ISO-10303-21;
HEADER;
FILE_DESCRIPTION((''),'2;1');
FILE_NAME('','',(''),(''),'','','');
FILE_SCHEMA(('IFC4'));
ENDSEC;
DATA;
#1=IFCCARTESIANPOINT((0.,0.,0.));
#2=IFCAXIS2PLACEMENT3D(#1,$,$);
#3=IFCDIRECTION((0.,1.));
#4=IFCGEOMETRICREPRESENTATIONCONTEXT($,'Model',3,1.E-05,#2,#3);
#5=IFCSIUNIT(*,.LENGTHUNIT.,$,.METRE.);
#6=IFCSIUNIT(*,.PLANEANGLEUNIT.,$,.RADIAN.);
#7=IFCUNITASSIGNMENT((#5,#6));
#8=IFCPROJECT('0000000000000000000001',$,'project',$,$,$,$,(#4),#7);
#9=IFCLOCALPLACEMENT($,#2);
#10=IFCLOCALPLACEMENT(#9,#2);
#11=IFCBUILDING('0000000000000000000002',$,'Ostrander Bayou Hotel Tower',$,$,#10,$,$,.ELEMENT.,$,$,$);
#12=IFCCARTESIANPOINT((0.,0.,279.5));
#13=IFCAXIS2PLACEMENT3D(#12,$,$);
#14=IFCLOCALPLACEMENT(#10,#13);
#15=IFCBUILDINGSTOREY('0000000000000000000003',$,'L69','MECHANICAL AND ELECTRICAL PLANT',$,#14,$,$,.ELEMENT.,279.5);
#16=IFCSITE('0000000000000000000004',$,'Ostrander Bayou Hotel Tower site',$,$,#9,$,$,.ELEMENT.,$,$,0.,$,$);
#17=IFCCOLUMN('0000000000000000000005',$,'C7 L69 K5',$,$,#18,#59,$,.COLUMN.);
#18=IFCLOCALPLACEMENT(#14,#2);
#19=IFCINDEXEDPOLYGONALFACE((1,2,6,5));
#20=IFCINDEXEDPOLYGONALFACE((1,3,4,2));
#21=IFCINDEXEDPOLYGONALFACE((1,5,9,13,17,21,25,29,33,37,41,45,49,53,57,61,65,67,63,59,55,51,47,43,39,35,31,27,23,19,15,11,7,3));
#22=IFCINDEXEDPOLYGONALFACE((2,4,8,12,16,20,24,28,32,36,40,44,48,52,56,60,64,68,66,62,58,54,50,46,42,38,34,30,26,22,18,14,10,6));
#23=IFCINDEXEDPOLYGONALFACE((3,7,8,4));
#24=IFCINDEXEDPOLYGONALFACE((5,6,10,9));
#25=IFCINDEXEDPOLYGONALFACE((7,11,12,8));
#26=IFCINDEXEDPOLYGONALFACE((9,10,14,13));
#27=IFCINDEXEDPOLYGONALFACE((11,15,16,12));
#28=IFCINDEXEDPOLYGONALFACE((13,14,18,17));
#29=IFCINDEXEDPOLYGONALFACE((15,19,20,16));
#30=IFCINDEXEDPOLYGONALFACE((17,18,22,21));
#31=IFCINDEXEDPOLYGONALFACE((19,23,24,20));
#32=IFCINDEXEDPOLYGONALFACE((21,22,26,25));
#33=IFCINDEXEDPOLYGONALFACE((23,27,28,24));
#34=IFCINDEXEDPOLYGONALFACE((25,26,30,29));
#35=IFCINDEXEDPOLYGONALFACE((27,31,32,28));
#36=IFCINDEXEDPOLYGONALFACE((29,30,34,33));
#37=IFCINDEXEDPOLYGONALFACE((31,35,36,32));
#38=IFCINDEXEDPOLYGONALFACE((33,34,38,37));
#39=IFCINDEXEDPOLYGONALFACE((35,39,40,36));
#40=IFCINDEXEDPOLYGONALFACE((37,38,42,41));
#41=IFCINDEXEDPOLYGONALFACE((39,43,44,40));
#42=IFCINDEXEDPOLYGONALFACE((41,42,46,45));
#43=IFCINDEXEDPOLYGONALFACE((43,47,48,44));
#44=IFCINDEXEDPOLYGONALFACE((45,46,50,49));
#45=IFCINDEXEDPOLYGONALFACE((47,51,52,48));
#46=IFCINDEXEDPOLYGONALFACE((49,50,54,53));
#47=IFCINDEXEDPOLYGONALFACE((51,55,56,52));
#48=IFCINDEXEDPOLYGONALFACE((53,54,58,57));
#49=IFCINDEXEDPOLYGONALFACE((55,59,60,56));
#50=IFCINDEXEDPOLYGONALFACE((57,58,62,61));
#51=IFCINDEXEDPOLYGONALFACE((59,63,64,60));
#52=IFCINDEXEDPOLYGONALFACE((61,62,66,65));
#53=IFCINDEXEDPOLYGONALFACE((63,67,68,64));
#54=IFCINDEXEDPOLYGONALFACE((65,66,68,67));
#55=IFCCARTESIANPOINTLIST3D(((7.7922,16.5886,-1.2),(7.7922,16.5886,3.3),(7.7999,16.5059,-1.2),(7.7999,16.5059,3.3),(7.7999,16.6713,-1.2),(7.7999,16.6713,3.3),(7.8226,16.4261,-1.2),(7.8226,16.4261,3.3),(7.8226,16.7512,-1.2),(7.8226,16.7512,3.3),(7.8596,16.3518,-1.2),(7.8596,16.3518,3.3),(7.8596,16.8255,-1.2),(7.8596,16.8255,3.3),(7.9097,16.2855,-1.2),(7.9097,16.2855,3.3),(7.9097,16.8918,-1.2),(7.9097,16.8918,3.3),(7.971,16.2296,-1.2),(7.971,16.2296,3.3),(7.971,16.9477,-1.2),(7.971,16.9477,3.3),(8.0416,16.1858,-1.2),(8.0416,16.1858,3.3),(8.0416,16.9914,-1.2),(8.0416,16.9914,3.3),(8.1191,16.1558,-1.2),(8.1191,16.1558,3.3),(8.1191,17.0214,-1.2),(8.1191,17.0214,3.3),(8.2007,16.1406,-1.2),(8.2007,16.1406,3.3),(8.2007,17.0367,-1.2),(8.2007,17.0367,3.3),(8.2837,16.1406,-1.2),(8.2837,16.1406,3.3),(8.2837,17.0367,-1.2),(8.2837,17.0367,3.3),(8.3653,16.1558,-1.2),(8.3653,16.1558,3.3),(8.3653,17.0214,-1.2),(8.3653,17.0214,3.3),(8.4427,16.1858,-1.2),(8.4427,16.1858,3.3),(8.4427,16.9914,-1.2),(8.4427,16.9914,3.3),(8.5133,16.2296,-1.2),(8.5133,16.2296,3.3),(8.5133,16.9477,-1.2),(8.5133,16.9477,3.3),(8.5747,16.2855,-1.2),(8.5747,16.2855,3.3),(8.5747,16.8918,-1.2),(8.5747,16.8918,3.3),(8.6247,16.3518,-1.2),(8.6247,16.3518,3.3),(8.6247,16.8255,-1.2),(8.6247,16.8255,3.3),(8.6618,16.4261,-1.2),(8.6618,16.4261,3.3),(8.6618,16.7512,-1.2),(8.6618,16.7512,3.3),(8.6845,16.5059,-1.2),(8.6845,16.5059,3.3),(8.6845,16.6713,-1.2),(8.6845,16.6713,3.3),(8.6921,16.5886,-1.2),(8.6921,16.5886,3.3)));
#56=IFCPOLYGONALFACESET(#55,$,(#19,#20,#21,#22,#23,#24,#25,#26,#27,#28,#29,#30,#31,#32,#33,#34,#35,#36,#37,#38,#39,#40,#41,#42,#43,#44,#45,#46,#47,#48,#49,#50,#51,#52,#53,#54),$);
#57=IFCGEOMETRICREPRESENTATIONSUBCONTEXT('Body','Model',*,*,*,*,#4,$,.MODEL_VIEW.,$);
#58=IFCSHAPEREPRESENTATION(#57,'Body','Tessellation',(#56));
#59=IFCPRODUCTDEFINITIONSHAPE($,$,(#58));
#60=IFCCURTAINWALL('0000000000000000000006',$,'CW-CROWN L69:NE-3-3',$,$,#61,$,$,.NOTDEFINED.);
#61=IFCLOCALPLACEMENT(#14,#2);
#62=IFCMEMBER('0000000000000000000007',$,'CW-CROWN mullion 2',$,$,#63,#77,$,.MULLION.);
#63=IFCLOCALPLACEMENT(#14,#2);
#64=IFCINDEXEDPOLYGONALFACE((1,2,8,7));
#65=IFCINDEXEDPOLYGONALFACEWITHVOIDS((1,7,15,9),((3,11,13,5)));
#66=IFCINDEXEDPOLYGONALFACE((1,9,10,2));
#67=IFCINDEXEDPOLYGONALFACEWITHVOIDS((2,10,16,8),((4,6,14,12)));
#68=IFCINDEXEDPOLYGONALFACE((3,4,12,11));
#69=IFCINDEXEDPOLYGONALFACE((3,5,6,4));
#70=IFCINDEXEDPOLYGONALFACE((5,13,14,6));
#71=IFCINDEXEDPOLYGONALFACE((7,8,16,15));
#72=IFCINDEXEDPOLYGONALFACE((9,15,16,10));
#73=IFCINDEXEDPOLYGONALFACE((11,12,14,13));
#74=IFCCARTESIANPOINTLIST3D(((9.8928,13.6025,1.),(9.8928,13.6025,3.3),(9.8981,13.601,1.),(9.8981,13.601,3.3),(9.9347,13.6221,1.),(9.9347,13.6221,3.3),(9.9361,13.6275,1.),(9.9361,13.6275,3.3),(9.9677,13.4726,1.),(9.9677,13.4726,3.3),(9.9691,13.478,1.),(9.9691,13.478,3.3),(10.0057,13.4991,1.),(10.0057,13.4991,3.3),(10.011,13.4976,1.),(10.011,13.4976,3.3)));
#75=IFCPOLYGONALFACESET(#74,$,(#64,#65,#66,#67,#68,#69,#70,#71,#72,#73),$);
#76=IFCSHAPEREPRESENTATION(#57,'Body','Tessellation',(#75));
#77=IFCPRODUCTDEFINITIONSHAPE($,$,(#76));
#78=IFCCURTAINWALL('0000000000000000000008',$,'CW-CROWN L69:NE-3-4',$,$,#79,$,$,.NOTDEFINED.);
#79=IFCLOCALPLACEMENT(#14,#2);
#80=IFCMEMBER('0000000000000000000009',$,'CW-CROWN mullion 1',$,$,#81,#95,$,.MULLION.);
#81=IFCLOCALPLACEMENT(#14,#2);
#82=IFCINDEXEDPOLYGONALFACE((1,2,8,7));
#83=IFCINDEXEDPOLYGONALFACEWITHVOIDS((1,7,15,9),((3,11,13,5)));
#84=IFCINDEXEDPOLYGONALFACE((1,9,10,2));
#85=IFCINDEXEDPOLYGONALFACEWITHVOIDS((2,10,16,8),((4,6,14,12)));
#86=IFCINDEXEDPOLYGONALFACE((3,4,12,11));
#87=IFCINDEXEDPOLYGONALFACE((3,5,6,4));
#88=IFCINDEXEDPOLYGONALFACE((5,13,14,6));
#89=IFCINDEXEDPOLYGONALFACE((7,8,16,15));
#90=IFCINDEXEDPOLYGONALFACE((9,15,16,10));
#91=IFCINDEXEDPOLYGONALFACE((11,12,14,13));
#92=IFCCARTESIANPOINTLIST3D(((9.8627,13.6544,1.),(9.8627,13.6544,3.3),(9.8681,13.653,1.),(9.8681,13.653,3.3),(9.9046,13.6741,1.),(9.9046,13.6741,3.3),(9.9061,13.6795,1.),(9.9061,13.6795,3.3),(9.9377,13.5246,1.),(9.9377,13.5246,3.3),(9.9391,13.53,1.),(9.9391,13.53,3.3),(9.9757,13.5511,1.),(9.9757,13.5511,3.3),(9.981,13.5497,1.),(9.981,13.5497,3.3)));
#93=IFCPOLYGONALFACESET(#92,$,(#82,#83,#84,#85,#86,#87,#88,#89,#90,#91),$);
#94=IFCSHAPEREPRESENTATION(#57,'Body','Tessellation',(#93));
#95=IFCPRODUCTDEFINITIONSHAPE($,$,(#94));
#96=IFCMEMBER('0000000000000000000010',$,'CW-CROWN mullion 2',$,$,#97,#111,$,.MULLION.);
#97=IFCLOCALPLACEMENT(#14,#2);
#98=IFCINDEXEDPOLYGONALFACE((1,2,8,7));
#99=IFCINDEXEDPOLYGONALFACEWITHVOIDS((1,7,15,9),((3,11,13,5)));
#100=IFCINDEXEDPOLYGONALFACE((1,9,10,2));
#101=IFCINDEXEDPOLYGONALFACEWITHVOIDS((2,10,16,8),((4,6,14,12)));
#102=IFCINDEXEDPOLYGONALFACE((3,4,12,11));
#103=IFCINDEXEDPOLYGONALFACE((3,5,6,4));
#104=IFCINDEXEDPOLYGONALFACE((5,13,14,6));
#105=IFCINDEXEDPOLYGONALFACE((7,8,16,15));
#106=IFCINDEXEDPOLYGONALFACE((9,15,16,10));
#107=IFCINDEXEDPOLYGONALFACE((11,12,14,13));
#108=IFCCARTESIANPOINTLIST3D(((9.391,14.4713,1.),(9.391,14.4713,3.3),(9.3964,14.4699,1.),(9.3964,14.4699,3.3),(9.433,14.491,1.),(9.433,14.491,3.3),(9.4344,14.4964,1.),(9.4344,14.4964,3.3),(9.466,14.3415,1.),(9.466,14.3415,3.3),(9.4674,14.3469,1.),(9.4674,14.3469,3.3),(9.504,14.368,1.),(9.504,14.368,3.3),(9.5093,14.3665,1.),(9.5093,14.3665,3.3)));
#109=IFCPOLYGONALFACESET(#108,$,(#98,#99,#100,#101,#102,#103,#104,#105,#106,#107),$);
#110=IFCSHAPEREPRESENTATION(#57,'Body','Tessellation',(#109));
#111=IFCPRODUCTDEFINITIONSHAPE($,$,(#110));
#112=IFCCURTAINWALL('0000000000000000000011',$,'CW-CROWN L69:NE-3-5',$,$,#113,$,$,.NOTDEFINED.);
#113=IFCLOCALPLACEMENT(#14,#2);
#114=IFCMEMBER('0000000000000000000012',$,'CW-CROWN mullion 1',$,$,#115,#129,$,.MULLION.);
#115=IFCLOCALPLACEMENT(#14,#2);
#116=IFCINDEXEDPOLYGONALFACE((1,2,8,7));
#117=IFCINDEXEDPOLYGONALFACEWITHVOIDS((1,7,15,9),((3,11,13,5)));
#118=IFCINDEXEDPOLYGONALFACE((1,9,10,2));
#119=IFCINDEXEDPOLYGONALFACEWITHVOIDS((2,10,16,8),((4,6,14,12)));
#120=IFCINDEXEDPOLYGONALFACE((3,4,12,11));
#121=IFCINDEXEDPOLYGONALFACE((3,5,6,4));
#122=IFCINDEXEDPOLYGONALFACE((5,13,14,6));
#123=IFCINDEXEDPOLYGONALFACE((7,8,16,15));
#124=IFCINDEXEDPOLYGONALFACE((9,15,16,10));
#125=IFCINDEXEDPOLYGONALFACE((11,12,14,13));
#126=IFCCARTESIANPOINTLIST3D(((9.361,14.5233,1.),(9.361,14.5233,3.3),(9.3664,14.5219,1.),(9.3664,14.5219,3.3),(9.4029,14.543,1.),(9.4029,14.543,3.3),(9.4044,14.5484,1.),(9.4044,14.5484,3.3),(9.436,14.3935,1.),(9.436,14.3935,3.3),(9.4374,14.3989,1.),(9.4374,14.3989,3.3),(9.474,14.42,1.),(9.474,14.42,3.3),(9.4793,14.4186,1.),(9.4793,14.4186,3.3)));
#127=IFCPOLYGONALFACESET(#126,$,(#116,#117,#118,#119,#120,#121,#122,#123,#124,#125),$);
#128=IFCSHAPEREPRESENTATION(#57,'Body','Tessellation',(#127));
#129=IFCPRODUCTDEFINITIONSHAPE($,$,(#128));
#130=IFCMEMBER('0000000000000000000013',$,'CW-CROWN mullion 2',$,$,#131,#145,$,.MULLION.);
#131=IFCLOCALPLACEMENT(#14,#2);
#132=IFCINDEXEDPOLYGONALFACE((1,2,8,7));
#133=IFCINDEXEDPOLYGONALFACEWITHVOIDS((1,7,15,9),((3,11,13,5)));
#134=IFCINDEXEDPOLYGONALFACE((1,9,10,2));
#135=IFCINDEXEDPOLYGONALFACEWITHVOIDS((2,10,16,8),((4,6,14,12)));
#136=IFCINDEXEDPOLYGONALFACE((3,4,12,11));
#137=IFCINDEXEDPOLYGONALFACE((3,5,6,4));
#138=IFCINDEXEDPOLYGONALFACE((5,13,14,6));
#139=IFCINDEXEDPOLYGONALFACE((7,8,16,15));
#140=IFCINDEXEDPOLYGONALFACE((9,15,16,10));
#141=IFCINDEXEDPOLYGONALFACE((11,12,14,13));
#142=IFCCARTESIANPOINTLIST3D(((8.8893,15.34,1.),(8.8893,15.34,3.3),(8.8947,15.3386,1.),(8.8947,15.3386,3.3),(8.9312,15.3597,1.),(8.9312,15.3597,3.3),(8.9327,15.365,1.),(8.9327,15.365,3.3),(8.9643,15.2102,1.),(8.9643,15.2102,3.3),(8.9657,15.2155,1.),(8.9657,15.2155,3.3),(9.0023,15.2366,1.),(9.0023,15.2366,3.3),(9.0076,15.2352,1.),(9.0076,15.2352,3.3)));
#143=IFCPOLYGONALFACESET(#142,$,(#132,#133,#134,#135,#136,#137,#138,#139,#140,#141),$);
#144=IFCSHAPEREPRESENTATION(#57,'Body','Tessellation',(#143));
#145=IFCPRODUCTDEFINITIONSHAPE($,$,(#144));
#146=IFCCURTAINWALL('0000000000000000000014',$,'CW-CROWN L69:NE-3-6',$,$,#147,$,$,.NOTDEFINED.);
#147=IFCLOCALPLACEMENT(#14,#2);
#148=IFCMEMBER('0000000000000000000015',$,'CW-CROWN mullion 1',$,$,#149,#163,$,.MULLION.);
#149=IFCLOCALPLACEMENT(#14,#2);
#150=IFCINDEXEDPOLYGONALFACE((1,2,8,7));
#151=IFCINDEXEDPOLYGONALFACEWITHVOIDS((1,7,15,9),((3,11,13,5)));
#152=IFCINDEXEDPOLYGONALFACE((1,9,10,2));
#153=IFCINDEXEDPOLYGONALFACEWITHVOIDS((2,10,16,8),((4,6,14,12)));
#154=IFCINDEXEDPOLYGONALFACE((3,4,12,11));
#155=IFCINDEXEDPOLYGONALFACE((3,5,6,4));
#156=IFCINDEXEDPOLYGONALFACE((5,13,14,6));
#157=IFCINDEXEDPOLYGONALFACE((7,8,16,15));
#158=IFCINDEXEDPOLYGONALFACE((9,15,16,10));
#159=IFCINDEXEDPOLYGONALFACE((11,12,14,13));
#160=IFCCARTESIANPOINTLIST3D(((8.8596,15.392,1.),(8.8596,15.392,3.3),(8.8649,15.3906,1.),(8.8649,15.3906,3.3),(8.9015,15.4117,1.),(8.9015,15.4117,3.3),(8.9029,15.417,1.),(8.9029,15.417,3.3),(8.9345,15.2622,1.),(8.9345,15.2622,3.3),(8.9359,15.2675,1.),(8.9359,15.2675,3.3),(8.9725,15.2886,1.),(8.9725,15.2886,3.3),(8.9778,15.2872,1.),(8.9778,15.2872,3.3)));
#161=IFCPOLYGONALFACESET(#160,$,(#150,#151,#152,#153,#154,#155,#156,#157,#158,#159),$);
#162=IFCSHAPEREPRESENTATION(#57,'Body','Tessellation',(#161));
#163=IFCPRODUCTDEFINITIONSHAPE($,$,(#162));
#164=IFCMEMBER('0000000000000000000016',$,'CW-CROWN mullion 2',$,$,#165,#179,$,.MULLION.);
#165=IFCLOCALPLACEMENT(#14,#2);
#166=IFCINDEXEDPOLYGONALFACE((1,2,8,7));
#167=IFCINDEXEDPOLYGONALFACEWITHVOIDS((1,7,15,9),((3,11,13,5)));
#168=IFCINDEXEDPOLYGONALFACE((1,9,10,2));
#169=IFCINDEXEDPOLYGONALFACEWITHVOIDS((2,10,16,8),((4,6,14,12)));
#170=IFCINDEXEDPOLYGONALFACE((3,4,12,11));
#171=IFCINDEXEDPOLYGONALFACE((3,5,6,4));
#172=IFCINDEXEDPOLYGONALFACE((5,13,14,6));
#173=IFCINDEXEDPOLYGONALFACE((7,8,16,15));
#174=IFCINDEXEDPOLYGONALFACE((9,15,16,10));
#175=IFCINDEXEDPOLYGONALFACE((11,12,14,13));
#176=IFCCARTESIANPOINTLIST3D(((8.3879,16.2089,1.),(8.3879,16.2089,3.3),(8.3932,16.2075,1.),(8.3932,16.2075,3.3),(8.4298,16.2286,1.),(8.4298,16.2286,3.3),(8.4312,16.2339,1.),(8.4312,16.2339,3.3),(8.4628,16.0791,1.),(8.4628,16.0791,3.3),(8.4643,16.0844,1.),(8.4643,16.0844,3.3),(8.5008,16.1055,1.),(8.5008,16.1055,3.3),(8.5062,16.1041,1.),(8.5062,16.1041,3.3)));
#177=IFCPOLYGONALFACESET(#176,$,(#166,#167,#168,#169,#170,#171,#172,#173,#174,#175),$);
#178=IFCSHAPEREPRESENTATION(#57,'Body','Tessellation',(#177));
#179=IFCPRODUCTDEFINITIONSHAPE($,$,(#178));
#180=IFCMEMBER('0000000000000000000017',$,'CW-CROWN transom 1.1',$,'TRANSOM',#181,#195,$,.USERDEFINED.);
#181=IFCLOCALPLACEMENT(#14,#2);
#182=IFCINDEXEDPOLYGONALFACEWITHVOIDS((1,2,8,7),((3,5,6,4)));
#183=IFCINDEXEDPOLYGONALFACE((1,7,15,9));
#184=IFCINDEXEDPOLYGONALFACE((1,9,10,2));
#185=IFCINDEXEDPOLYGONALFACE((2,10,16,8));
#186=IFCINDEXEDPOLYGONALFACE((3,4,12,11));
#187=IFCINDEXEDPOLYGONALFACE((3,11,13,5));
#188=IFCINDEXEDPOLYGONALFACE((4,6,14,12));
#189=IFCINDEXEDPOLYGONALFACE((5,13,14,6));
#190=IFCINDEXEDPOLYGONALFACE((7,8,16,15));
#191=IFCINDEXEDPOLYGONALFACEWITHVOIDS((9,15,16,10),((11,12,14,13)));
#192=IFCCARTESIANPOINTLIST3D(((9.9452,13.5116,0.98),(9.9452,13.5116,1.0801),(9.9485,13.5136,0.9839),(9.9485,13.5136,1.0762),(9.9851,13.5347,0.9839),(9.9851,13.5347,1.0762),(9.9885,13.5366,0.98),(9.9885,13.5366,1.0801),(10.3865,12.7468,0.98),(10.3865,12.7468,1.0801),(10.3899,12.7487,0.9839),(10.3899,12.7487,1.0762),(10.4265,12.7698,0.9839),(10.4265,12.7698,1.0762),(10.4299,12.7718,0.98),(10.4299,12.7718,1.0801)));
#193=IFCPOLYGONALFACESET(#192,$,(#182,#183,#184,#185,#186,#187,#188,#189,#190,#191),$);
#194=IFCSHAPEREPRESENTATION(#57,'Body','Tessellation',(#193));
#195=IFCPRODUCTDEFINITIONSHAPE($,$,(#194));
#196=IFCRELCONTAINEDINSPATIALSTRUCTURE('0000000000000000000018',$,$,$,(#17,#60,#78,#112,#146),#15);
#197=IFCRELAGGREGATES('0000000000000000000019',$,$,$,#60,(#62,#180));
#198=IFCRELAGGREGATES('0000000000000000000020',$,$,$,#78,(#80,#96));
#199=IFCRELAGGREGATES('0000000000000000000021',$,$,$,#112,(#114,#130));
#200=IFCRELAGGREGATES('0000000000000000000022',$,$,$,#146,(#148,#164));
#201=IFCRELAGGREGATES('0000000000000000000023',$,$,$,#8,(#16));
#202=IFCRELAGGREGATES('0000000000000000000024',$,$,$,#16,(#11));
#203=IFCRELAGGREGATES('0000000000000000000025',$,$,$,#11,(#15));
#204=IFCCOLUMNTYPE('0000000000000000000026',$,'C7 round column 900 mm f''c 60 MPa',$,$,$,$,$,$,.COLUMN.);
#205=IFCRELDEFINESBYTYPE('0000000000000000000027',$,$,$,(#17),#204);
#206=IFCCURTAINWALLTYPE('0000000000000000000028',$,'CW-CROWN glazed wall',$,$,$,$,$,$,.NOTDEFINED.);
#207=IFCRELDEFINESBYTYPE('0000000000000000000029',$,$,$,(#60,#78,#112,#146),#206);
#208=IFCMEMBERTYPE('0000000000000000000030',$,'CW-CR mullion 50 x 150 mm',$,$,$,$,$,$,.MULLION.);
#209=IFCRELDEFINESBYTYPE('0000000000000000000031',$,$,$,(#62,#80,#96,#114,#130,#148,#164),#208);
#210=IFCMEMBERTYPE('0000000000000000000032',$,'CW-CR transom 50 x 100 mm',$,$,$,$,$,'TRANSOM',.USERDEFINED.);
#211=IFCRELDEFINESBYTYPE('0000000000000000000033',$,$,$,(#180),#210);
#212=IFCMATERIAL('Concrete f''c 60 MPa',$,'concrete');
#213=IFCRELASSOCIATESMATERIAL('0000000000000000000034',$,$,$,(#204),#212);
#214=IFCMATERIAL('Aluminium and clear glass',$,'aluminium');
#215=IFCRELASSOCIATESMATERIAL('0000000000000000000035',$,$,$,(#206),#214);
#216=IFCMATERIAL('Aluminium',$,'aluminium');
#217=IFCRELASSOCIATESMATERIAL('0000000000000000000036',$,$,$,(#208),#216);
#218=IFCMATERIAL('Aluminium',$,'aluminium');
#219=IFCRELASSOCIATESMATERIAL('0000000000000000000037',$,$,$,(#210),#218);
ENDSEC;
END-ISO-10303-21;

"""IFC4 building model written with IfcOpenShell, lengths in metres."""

from ifc_helpers import new_model, si_unit, direction, frame, origin, origin_2d, place, context, subcontext, project, spatial, hollow_rectangle, circle, extrude, material, material_profile, profile_set, type_object, element, aggregate, save


model = new_model("IFC4")

# Units and contexts
model_context = context("Model", 3, precision=1e-05, world=origin(), true_north=direction((0.0, 1.0)))
body_context = subcontext(model_context, "Body", "Model", "MODEL_VIEW")
ifc_project = project(units=[si_unit("LENGTHUNIT", "METRE"), si_unit("PLANEANGLEUNIT", "RADIAN")], contexts=[model_context])

# Site, building, storey
site_placement = place(None, origin())
site = spatial("IfcSite", under=ifc_project, at=site_placement, Name="Ostrander Bayou Hotel Tower site", CompositionType="ELEMENT", RefElevation=0.0)
building_placement = place(site_placement, origin())
building = spatial("IfcBuilding", under=site, at=building_placement, Name="Ostrander Bayou Hotel Tower", CompositionType="ELEMENT")
storey_placement = place(building_placement, frame((0.0, 0.0, 279.5)))
storey = spatial("IfcBuildingStorey", under=building, at=storey_placement, Name="L69", Description="MECHANICAL AND ELECTRICAL PLANT", CompositionType="ELEMENT", Elevation=279.5)

# Column
ifc_material_1 = material(Name="Concrete f'c 60 MPa", Category="concrete")
ifc_material_profile_1 = material_profile(ifc_material_1, circle(Radius=0.45, at=origin_2d()))
ifc_profile_set_1 = profile_set([ifc_material_profile_1], Name="Concrete f'c 60 MPa")
column_type = type_object("IfcColumnType", Name="C7 round column 900 mm f'c 60 MPa", PredefinedType="COLUMN", material=ifc_profile_set_1)
column_placement = place(storey_placement, frame((8.2422, 16.5886, -1.2), z_axis=(0.0, 0.0, 1.0), x_axis=(1.0, 0.0, 0.0)))
element("IfcColumn", 1, at=column_placement, inside=storey, type_object=column_type, Name="C7 L69 K5", PredefinedType="COLUMN", context=body_context, shape_type="SweptSolid", body=[
    extrude(circle(Radius=0.45, at=origin_2d()), origin(), (0.0, 0.0, 1.0), 4.5),
])

# Curtain wall, member
ifc_material_2 = material(Name="Aluminium and clear glass", Category="aluminium")
curtain_wall_type = type_object("IfcCurtainWallType", Name="CW-CROWN glazed wall", PredefinedType="NOTDEFINED", material=ifc_material_2)
curtain_wall_1_placement = place(storey_placement, origin())
curtain_wall_1 = element("IfcCurtainWall", 2, at=curtain_wall_1_placement, inside=storey, type_object=curtain_wall_type, Name="CW-CROWN L69:NE-3-3", PredefinedType="NOTDEFINED")
ifc_material_3 = material(Name="Aluminium", Category="aluminium")
ifc_material_profile_2 = material_profile(ifc_material_3, hollow_rectangle(XDim=0.05, YDim=0.1499, WallThickness=0.0039, at=origin_2d()))
ifc_profile_set_2 = profile_set([ifc_material_profile_2], Name="Aluminium")
member_type_1 = type_object("IfcMemberType", Name="CW-CR mullion 50 x 150 mm", PredefinedType="MULLION", material=ifc_profile_set_2)
member_1_placement = place(storey_placement, frame((9.9519, 13.55, 1.0), z_axis=(0.0, 0.0, 1.0), x_axis=(-0.866069, -0.499924, 0.0)))
member_1 = element("IfcMember", 3, at=member_1_placement, type_object=member_type_1, Name="CW-CROWN mullion 2", PredefinedType="MULLION", context=body_context, shape_type="SweptSolid", body=[
    extrude(hollow_rectangle(XDim=0.05, YDim=0.1499, WallThickness=0.0039, at=origin_2d()), origin(), (0.0, 0.0, 1.0), 2.3),
])

# Curtain walls, members
curtain_wall_2_placement = place(storey_placement, origin())
curtain_wall_2 = element("IfcCurtainWall", 4, at=curtain_wall_2_placement, inside=storey, type_object=curtain_wall_type, Name="CW-CROWN L69:NE-3-4", PredefinedType="NOTDEFINED")
member_2_placement = place(storey_placement, frame((9.9219, 13.6021, 1.0), z_axis=(0.0, 0.0, 1.0), x_axis=(-0.866026, -0.499999, 0.0)))
member_2 = element("IfcMember", 5, at=member_2_placement, type_object=member_type_1, Name="CW-CROWN mullion 1", PredefinedType="MULLION", context=body_context, shape_type="SweptSolid", body=[
    extrude(hollow_rectangle(XDim=0.05, YDim=0.1499, WallThickness=0.0039, at=origin_2d()), origin(), (0.0, 0.0, 1.0), 2.3),
])
member_3_placement = place(storey_placement, frame((9.4502, 14.4189, 1.0), z_axis=(0.0, 0.0, 1.0), x_axis=(-0.866026, -0.499999, 0.0)))
member_3 = element("IfcMember", 6, at=member_3_placement, type_object=member_type_1, Name="CW-CROWN mullion 2", PredefinedType="MULLION", context=body_context, shape_type="SweptSolid", body=[
    extrude(hollow_rectangle(XDim=0.05, YDim=0.1499, WallThickness=0.0039, at=origin_2d()), origin(), (0.0, 0.0, 1.0), 2.3),
])
curtain_wall_3_placement = place(storey_placement, origin())
curtain_wall_3 = element("IfcCurtainWall", 7, at=curtain_wall_3_placement, inside=storey, type_object=curtain_wall_type, Name="CW-CROWN L69:NE-3-5", PredefinedType="NOTDEFINED")
member_4_placement = place(storey_placement, frame((9.4202, 14.4709, 1.0), z_axis=(0.0, 0.0, 1.0), x_axis=(-0.866001, -0.500042, 0.0)))
member_4 = element("IfcMember", 8, at=member_4_placement, type_object=member_type_1, Name="CW-CROWN mullion 1", PredefinedType="MULLION", context=body_context, shape_type="SweptSolid", body=[
    extrude(hollow_rectangle(XDim=0.05, YDim=0.1499, WallThickness=0.0039, at=origin_2d()), origin(), (0.0, 0.0, 1.0), 2.3),
])
member_5_placement = place(storey_placement, frame((8.9485, 15.2876, 1.0), z_axis=(0.0, 0.0, 1.0), x_axis=(-0.866001, -0.500042, 0.0)))
member_5 = element("IfcMember", 9, at=member_5_placement, type_object=member_type_1, Name="CW-CROWN mullion 2", PredefinedType="MULLION", context=body_context, shape_type="SweptSolid", body=[
    extrude(hollow_rectangle(XDim=0.05, YDim=0.1499, WallThickness=0.0039, at=origin_2d()), origin(), (0.0, 0.0, 1.0), 2.3),
])
curtain_wall_4_placement = place(storey_placement, origin())
curtain_wall_4 = element("IfcCurtainWall", 10, at=curtain_wall_4_placement, inside=storey, type_object=curtain_wall_type, Name="CW-CROWN L69:NE-3-6", PredefinedType="NOTDEFINED")
member_6_placement = place(storey_placement, frame((8.9187, 15.3396, 1.0), z_axis=(0.0, 0.0, 1.0), x_axis=(-0.866026, -0.499999, 0.0)))
member_6 = element("IfcMember", 11, at=member_6_placement, type_object=member_type_1, Name="CW-CROWN mullion 1", PredefinedType="MULLION", context=body_context, shape_type="SweptSolid", body=[
    extrude(hollow_rectangle(XDim=0.05, YDim=0.1499, WallThickness=0.0039, at=origin_2d()), origin(), (0.0, 0.0, 1.0), 2.3),
])
member_7_placement = place(storey_placement, frame((8.447, 16.1565, 1.0), z_axis=(0.0, 0.0, 1.0), x_axis=(-0.866026, -0.499999, 0.0)))
member_7 = element("IfcMember", 12, at=member_7_placement, type_object=member_type_1, Name="CW-CROWN mullion 2", PredefinedType="MULLION", context=body_context, shape_type="SweptSolid", body=[
    extrude(hollow_rectangle(XDim=0.05, YDim=0.1499, WallThickness=0.0039, at=origin_2d()), origin(), (0.0, 0.0, 1.0), 2.3),
])

# Member
ifc_material_4 = material(Name="Aluminium", Category="aluminium")
ifc_material_profile_3 = material_profile(ifc_material_4, hollow_rectangle(XDim=0.05, YDim=0.1001, WallThickness=0.0039, at=origin_2d()))
ifc_profile_set_3 = profile_set([ifc_material_profile_3], Name="Aluminium")
member_type_2 = type_object("IfcMemberType", Name="CW-CR transom 50 x 100 mm", ElementType="TRANSOM", PredefinedType="USERDEFINED", material=ifc_profile_set_3)
member_8_placement = place(storey_placement, frame((10.4082, 12.7593, 1.03), z_axis=(-0.499826, 0.866126, 0.0), x_axis=(-0.866126, -0.499826, 0.0)))
member_8 = element("IfcMember", 13, at=member_8_placement, type_object=member_type_2, Name="CW-CROWN transom 1.1", ObjectType="TRANSOM", PredefinedType="USERDEFINED", context=body_context, shape_type="SweptSolid", body=[
    extrude(hollow_rectangle(XDim=0.05, YDim=0.1001, WallThickness=0.0039, at=origin_2d()), origin(), (0.0, 0.0, 1.0), 0.8831),
])

aggregate(curtain_wall_1, [member_1, member_8])
aggregate(curtain_wall_2, [member_2, member_3])
aggregate(curtain_wall_3, [member_4, member_5])
aggregate(curtain_wall_4, [member_6, member_7])

save(model, "model.ifc")
